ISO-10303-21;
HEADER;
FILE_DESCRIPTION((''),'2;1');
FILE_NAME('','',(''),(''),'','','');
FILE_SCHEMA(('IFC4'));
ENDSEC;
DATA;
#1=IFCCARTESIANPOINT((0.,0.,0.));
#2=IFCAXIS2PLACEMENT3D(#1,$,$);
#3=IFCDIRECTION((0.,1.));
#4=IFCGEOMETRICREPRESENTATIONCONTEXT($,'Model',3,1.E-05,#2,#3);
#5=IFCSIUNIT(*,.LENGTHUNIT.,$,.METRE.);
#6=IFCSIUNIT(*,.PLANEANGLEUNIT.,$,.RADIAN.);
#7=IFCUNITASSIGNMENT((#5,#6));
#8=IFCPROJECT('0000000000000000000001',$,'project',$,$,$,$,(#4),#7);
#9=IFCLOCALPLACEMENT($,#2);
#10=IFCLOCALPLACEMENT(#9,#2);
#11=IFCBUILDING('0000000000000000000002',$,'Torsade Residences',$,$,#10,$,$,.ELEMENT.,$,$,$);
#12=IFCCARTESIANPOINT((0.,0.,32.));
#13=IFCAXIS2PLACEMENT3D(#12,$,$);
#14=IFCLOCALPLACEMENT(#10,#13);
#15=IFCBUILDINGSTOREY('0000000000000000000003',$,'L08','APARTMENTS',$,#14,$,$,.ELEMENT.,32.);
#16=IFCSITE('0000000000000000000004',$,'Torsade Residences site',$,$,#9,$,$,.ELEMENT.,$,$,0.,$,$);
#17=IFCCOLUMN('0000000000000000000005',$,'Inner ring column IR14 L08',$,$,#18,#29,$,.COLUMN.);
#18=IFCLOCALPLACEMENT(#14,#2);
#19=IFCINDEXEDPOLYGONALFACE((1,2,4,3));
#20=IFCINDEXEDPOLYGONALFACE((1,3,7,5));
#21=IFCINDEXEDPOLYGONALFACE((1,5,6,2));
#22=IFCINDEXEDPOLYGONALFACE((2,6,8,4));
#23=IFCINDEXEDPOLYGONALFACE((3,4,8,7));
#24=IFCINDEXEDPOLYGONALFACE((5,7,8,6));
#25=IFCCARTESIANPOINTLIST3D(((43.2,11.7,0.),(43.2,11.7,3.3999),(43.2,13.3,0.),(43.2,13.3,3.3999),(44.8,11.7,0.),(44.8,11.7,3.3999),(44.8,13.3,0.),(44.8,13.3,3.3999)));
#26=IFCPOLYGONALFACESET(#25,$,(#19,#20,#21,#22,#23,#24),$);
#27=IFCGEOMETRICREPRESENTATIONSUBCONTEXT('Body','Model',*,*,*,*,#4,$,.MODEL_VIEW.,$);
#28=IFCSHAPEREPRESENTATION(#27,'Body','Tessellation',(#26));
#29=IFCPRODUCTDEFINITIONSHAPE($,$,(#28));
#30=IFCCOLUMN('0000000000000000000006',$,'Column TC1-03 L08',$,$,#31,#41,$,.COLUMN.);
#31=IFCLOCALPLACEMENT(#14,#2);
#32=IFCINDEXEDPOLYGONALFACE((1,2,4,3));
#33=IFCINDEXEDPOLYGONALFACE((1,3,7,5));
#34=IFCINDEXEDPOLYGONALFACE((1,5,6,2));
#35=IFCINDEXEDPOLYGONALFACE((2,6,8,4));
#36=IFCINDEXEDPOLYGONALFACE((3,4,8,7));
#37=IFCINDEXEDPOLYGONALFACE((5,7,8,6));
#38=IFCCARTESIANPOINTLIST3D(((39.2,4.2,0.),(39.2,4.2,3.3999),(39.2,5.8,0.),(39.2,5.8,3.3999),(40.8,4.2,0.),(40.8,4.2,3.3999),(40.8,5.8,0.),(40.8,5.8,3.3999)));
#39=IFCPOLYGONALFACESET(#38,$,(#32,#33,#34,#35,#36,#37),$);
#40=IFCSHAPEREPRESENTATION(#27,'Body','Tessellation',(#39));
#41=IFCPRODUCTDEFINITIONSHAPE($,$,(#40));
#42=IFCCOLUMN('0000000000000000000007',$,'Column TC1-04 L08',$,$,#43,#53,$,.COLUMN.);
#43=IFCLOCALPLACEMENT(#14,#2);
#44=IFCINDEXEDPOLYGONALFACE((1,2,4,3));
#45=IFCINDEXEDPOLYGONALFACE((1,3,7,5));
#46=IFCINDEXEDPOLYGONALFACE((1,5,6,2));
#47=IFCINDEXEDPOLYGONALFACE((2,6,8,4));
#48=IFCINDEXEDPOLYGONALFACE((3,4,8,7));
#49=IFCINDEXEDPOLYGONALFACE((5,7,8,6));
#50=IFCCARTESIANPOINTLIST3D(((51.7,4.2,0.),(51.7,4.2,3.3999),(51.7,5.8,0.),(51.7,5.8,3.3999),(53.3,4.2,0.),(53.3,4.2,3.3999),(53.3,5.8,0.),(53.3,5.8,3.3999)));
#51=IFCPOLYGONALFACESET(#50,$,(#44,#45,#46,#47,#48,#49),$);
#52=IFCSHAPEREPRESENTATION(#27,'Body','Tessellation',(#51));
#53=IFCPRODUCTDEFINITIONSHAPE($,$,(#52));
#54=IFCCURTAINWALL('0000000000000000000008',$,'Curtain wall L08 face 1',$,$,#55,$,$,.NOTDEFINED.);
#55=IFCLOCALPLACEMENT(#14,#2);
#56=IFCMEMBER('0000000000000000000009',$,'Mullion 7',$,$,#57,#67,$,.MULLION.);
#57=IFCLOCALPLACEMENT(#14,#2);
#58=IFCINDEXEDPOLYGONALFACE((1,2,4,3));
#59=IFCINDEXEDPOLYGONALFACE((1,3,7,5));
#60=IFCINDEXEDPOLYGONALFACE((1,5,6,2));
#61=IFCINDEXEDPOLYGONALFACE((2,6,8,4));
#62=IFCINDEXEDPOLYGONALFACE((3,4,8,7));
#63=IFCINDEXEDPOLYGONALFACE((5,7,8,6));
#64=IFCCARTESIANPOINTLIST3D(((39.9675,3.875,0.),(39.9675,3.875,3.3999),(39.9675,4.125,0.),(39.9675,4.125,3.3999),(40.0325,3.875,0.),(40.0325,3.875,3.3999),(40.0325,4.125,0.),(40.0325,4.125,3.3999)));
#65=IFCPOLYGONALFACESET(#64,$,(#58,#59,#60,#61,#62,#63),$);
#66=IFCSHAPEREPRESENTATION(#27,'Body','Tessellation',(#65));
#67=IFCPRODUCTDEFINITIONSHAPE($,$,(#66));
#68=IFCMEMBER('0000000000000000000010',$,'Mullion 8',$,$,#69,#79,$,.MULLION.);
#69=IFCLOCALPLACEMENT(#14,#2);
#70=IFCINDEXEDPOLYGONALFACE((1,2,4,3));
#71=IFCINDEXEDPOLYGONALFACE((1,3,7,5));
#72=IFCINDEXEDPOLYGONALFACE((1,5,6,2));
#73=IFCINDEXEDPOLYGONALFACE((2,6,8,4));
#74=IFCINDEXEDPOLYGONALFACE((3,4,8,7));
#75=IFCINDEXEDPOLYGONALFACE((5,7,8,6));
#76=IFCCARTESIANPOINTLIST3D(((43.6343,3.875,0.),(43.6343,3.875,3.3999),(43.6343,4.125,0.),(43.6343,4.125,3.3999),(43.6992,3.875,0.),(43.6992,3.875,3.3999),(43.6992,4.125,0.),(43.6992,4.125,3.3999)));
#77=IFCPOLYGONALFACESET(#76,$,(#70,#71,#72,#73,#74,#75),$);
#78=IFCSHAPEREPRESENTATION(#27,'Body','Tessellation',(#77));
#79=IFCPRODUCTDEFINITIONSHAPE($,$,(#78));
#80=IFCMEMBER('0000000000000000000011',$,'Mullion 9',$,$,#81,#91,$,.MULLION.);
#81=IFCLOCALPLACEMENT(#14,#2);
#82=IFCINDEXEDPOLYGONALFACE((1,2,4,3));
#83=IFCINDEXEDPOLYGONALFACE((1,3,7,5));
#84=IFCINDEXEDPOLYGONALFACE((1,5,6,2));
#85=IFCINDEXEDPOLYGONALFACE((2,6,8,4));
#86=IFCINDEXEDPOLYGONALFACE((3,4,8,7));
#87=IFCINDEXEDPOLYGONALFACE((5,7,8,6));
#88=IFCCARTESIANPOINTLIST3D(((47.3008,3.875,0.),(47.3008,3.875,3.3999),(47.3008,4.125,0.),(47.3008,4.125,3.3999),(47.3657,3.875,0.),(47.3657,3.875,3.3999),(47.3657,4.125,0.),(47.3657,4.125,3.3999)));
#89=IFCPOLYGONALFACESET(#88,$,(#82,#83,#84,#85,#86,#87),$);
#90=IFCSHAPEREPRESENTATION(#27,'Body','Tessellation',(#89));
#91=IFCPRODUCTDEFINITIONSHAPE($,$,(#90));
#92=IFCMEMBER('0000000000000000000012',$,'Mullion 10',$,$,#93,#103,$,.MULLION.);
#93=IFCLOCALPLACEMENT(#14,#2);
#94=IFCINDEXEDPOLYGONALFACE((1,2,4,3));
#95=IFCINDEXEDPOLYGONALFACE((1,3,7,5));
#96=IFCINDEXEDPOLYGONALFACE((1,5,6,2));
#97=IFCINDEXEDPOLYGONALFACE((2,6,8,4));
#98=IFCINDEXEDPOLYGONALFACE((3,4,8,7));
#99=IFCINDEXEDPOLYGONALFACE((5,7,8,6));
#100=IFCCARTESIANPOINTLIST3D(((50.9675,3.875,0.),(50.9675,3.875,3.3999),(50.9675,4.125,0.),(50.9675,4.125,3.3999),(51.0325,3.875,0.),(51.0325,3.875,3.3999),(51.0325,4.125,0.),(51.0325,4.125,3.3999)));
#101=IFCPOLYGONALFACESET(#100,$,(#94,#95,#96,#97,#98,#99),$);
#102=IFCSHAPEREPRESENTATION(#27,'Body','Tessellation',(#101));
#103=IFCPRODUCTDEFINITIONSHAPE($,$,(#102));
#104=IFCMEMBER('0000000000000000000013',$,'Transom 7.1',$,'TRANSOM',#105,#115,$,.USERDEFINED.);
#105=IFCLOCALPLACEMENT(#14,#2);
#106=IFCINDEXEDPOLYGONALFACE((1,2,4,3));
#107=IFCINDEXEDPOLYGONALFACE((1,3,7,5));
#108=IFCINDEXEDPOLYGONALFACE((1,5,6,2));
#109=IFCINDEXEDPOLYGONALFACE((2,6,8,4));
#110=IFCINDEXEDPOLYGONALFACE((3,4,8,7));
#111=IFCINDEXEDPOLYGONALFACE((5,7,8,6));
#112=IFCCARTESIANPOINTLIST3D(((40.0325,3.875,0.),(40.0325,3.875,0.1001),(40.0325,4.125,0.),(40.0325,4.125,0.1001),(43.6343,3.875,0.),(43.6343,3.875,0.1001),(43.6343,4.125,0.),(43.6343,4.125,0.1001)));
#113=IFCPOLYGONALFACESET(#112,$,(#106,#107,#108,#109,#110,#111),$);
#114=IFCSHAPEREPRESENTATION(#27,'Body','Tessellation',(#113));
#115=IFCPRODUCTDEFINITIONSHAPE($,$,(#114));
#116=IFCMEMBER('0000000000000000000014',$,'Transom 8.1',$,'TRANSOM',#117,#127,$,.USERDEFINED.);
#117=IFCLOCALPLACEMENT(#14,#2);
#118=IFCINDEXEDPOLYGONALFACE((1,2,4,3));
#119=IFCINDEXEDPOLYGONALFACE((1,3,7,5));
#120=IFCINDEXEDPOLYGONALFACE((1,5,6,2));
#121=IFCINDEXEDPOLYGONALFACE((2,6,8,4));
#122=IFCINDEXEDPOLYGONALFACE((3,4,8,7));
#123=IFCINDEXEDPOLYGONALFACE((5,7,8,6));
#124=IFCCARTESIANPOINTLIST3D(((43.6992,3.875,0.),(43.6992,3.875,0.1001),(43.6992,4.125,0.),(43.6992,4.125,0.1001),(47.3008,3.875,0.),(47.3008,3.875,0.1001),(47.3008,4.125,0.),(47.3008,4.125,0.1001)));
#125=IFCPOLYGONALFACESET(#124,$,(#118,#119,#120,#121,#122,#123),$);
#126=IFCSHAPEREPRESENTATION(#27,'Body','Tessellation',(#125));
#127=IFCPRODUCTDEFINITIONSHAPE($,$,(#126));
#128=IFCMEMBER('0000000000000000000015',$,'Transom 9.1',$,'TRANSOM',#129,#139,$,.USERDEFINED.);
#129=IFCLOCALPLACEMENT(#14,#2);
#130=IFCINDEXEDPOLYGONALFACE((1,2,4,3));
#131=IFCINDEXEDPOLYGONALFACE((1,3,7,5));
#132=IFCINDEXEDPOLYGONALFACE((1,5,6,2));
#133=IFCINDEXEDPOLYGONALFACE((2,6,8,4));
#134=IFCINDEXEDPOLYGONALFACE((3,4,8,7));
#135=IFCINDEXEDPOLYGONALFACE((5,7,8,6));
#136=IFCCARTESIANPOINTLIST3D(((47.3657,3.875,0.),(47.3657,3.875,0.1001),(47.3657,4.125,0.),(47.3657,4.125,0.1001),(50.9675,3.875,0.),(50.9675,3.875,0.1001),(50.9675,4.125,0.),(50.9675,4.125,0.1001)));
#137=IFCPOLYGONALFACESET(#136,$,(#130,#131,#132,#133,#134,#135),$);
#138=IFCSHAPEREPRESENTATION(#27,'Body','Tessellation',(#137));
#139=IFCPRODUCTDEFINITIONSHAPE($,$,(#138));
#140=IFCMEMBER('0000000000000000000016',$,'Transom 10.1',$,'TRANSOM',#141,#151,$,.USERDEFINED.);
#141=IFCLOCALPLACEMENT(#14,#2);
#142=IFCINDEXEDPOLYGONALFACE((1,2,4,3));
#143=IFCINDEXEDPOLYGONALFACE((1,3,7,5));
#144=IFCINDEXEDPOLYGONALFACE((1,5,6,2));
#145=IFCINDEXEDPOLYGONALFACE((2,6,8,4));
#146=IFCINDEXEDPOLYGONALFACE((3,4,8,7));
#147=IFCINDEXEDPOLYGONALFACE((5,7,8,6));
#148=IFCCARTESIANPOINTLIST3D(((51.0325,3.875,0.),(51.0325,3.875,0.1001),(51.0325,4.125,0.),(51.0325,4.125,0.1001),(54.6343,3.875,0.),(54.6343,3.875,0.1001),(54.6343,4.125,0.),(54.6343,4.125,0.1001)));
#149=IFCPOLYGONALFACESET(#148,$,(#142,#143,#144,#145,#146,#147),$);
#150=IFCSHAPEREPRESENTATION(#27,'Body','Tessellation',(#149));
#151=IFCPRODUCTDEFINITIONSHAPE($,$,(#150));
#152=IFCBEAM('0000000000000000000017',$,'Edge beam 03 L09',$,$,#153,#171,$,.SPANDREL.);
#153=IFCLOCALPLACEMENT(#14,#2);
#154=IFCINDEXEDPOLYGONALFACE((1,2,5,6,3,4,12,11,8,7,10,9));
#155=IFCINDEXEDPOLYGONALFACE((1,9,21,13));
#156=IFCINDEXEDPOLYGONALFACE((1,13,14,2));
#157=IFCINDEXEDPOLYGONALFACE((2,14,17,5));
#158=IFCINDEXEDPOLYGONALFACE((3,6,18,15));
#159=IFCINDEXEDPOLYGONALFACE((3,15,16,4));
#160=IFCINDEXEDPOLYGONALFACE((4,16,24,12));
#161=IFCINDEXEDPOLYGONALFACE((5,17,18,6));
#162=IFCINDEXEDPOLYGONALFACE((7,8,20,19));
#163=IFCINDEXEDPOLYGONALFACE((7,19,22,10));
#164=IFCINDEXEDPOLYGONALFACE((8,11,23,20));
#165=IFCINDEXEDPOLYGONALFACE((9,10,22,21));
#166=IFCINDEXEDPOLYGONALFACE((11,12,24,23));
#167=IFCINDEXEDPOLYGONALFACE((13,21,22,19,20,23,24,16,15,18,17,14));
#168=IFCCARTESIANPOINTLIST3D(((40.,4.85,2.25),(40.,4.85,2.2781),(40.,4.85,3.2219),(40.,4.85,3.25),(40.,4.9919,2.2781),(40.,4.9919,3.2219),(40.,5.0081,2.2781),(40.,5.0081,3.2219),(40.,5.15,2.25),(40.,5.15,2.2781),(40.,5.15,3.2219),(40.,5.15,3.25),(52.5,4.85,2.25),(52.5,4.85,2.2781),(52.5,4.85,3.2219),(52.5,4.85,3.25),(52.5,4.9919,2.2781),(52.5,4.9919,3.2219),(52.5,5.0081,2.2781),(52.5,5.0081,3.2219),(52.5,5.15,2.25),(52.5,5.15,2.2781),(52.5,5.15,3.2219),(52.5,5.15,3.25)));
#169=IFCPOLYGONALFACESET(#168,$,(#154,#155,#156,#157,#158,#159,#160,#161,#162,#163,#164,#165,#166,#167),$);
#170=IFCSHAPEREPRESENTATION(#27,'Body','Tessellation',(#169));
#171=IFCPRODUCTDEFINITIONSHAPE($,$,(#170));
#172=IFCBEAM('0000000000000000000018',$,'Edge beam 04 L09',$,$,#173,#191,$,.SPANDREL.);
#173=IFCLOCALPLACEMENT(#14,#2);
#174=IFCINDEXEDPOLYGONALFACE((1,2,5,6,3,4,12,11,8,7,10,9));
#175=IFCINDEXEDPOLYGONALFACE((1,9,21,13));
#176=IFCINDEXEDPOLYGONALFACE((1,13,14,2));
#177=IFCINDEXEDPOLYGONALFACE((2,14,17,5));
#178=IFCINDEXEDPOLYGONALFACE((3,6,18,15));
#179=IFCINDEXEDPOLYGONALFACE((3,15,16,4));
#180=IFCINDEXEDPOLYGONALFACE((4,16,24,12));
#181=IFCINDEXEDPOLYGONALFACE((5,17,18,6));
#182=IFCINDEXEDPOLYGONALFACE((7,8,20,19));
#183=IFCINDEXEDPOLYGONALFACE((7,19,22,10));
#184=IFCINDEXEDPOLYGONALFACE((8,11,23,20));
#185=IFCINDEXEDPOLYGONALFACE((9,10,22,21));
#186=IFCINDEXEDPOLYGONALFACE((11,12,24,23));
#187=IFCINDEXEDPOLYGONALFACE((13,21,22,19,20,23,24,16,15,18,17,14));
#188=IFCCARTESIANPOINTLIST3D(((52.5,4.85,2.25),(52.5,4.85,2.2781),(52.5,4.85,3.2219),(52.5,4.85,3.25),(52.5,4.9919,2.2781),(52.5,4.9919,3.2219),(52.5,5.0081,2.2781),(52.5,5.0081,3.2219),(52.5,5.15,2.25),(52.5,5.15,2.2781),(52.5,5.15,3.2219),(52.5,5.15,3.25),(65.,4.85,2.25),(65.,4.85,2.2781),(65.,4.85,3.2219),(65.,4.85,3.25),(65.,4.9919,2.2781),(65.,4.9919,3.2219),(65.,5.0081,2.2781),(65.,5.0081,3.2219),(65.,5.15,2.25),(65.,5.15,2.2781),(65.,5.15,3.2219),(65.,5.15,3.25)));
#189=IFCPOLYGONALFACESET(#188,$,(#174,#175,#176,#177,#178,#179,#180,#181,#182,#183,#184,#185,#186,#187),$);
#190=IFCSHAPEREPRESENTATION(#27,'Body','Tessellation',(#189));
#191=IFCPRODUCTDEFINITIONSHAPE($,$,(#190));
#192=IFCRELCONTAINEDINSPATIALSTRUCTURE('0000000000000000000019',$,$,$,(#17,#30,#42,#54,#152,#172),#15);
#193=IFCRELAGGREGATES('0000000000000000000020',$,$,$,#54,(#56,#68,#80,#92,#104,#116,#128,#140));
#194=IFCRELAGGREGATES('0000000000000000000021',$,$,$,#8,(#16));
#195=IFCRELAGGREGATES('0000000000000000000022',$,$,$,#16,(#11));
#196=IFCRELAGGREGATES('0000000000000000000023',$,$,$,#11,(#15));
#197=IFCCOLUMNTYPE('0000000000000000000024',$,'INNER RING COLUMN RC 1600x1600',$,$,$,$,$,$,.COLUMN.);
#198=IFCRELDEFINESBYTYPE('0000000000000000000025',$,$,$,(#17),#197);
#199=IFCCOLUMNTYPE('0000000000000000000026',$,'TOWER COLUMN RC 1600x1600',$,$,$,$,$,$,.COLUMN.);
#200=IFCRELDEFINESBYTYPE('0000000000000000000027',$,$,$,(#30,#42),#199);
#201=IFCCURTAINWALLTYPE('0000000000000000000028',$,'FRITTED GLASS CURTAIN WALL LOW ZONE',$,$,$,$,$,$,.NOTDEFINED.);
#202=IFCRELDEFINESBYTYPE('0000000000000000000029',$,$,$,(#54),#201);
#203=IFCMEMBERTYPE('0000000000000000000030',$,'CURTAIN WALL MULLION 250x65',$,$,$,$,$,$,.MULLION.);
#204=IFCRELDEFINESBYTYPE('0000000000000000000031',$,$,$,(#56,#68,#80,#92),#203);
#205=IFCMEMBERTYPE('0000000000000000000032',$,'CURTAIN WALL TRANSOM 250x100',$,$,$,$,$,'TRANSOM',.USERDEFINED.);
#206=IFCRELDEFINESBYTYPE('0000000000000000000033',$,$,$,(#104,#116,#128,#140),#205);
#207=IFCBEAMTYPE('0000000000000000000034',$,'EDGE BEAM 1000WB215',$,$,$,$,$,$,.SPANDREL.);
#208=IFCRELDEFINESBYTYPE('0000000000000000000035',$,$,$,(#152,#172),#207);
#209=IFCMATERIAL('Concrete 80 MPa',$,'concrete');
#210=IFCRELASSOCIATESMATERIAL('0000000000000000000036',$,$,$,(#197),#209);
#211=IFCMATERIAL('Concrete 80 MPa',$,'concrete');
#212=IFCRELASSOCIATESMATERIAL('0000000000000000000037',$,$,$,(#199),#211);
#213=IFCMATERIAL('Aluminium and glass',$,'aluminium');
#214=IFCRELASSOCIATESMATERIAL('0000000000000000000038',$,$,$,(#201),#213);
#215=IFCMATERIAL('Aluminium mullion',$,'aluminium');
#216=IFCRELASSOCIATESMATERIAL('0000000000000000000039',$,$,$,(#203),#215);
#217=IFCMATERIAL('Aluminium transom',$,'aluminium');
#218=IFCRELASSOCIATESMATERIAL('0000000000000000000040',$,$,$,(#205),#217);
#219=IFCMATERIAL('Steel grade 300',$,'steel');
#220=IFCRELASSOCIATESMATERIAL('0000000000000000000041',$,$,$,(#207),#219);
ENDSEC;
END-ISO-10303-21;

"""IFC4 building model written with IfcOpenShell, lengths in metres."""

from ifc_helpers import new_model, si_unit, direction, frame, origin, origin_2d, place, context, subcontext, project, spatial, rectangle, i_section, extrude, material, material_profile, profile_set, type_object, element, aggregate, save


model = new_model("IFC4")

# Units and contexts
model_context = context("Model", 3, precision=1e-05, world=origin(), true_north=direction((0.0, 1.0)))
body_context = subcontext(model_context, "Body", "Model", "MODEL_VIEW")
ifc_project = project(units=[si_unit("LENGTHUNIT", "METRE"), si_unit("PLANEANGLEUNIT", "RADIAN")], contexts=[model_context])

# Site, building, storey
site_placement = place(None, origin())
site = spatial("IfcSite", under=ifc_project, at=site_placement, Name="Torsade Residences site", CompositionType="ELEMENT", RefElevation=0.0)
building_placement = place(site_placement, origin())
building = spatial("IfcBuilding", under=site, at=building_placement, Name="Torsade Residences", CompositionType="ELEMENT")
storey_placement = place(building_placement, frame((0.0, 0.0, 32.0)))
storey = spatial("IfcBuildingStorey", under=building, at=storey_placement, Name="L08", Description="APARTMENTS", CompositionType="ELEMENT", Elevation=32.0)

# Columns
ifc_material_1 = material(Name="Concrete 80 MPa", Category="concrete")
ifc_material_profile_1 = material_profile(ifc_material_1, rectangle(XDim=1.6001, YDim=1.6001, at=origin_2d()), Name="RC 1600x1600")
ifc_profile_set_1 = profile_set([ifc_material_profile_1], Name="Concrete 80 MPa")
column_type_1 = type_object("IfcColumnType", Name="INNER RING COLUMN RC 1600x1600", PredefinedType="COLUMN", material=ifc_profile_set_1)
column_placement = place(storey_placement, frame((44.0, 12.5, 0.0), z_axis=(0.0, 0.0, 1.0), x_axis=(1.0, 0.0, 0.0)))
element("IfcColumn", 1, at=column_placement, inside=storey, type_object=column_type_1, Name="Inner ring column IR14 L08", PredefinedType="COLUMN", context=body_context, shape_type="SweptSolid", body=[
    extrude(rectangle(XDim=1.6001, YDim=1.6001, at=origin_2d()), origin(), (0.0, 0.0, 1.0), 3.3999),
])
ifc_material_2 = material(Name="Concrete 80 MPa", Category="concrete")
ifc_material_profile_2 = material_profile(ifc_material_2, rectangle(XDim=1.6001, YDim=1.6001, at=origin_2d()), Name="RC 1600x1600")
ifc_profile_set_2 = profile_set([ifc_material_profile_2], Name="Concrete 80 MPa")
column_type_2 = type_object("IfcColumnType", Name="TOWER COLUMN RC 1600x1600", PredefinedType="COLUMN", material=ifc_profile_set_2)
for number, where, z_axis, x_axis, name in (
    (2, (40.0, 5.0, 0.0), (0.0, 0.0, 1.0), (1.0, 0.0, 0.0), "Column TC1-03 L08"),
    (3, (52.5, 5.0, 0.0), (0.0, 0.0, 1.0), (1.0, 0.0, 0.0), "Column TC1-04 L08"),
):
    element("IfcColumn", number, at=place(storey_placement, frame(where, z_axis=z_axis, x_axis=x_axis)), inside=storey, type_object=column_type_2, Name=name, PredefinedType="COLUMN", context=body_context, shape_type="SweptSolid", body=[
        extrude(rectangle(XDim=1.6001, YDim=1.6001, at=origin_2d()), origin(), (0.0, 0.0, 1.0), 3.3999),
    ])

# Curtain wall, members
ifc_material_3 = material(Name="Aluminium and glass", Category="aluminium")
curtain_wall_type = type_object("IfcCurtainWallType", Name="FRITTED GLASS CURTAIN WALL LOW ZONE", PredefinedType="NOTDEFINED", material=ifc_material_3)
curtain_wall_placement = place(storey_placement, origin())
curtain_wall = element("IfcCurtainWall", 4, at=curtain_wall_placement, inside=storey, type_object=curtain_wall_type, Name="Curtain wall L08 face 1", PredefinedType="NOTDEFINED")
ifc_material_4 = material(Name="Aluminium mullion", Category="aluminium")
ifc_material_profile_3 = material_profile(ifc_material_4, rectangle(XDim=0.25, YDim=0.0649, at=origin_2d()), Name="CURTAIN WALL MULLION 250x65")
ifc_profile_set_3 = profile_set([ifc_material_profile_3], Name="Aluminium mullion")
member_type_1 = type_object("IfcMemberType", Name="CURTAIN WALL MULLION 250x65", PredefinedType="MULLION", material=ifc_profile_set_3)
member_1_placement = place(storey_placement, frame((40.0, 4.0, 0.0), z_axis=(0.0, 0.0, 1.0), x_axis=(0.0, 1.0, 0.0)))
member_1 = element("IfcMember", 5, at=member_1_placement, type_object=member_type_1, Name="Mullion 7", PredefinedType="MULLION", context=body_context, shape_type="SweptSolid", body=[
    extrude(rectangle(XDim=0.25, YDim=0.0649, at=origin_2d()), origin(), (0.0, 0.0, 1.0), 3.3999),
])
member_2_placement = place(storey_placement, frame((43.6667, 4.0, 0.0), z_axis=(0.0, 0.0, 1.0), x_axis=(0.0, 1.0, 0.0)))
member_2 = element("IfcMember", 6, at=member_2_placement, type_object=member_type_1, Name="Mullion 8", PredefinedType="MULLION", context=body_context, shape_type="SweptSolid", body=[
    extrude(rectangle(XDim=0.25, YDim=0.0649, at=origin_2d()), origin(), (0.0, 0.0, 1.0), 3.3999),
])
member_3_placement = place(storey_placement, frame((47.3333, 4.0, 0.0), z_axis=(0.0, 0.0, 1.0), x_axis=(0.0, 1.0, 0.0)))
member_3 = element("IfcMember", 7, at=member_3_placement, type_object=member_type_1, Name="Mullion 9", PredefinedType="MULLION", context=body_context, shape_type="SweptSolid", body=[
    extrude(rectangle(XDim=0.25, YDim=0.0649, at=origin_2d()), origin(), (0.0, 0.0, 1.0), 3.3999),
])
member_4_placement = place(storey_placement, frame((51.0, 4.0, 0.0), z_axis=(0.0, 0.0, 1.0), x_axis=(0.0, 1.0, 0.0)))
member_4 = element("IfcMember", 8, at=member_4_placement, type_object=member_type_1, Name="Mullion 10", PredefinedType="MULLION", context=body_context, shape_type="SweptSolid", body=[
    extrude(rectangle(XDim=0.25, YDim=0.0649, at=origin_2d()), origin(), (0.0, 0.0, 1.0), 3.3999),
])
ifc_material_5 = material(Name="Aluminium transom", Category="aluminium")
ifc_material_profile_4 = material_profile(ifc_material_5, rectangle(XDim=0.25, YDim=0.1001, at=origin_2d()), Name="CURTAIN WALL TRANSOM 250x100")
ifc_profile_set_4 = profile_set([ifc_material_profile_4], Name="Aluminium transom")
member_type_2 = type_object("IfcMemberType", Name="CURTAIN WALL TRANSOM 250x100", ElementType="TRANSOM", PredefinedType="USERDEFINED", material=ifc_profile_set_4)
member_5_placement = place(storey_placement, frame((40.0325, 4.0, 0.05), z_axis=(1.0, 0.0, 0.0), x_axis=(0.0, 1.0, 0.0)))
member_5 = element("IfcMember", 9, at=member_5_placement, type_object=member_type_2, Name="Transom 7.1", ObjectType="TRANSOM", PredefinedType="USERDEFINED", context=body_context, shape_type="SweptSolid", body=[
    extrude(rectangle(XDim=0.25, YDim=0.1001, at=origin_2d()), origin(), (0.0, 0.0, 1.0), 3.6018),
])
member_6_placement = place(storey_placement, frame((43.6992, 4.0, 0.05), z_axis=(1.0, 0.0, 0.0), x_axis=(0.0, 1.0, 0.0)))
member_6 = element("IfcMember", 10, at=member_6_placement, type_object=member_type_2, Name="Transom 8.1", ObjectType="TRANSOM", PredefinedType="USERDEFINED", context=body_context, shape_type="SweptSolid", body=[
    extrude(rectangle(XDim=0.25, YDim=0.1001, at=origin_2d()), origin(), (0.0, 0.0, 1.0), 3.6016),
])
member_7_placement = place(storey_placement, frame((47.3657, 4.0, 0.05), z_axis=(1.0, 0.0, 0.0), x_axis=(0.0, 1.0, 0.0)))
member_7 = element("IfcMember", 11, at=member_7_placement, type_object=member_type_2, Name="Transom 9.1", ObjectType="TRANSOM", PredefinedType="USERDEFINED", context=body_context, shape_type="SweptSolid", body=[
    extrude(rectangle(XDim=0.25, YDim=0.1001, at=origin_2d()), origin(), (0.0, 0.0, 1.0), 3.6018),
])
member_8_placement = place(storey_placement, frame((51.0325, 4.0, 0.05), z_axis=(1.0, 0.0, 0.0), x_axis=(0.0, 1.0, 0.0)))
member_8 = element("IfcMember", 12, at=member_8_placement, type_object=member_type_2, Name="Transom 10.1", ObjectType="TRANSOM", PredefinedType="USERDEFINED", context=body_context, shape_type="SweptSolid", body=[
    extrude(rectangle(XDim=0.25, YDim=0.1001, at=origin_2d()), origin(), (0.0, 0.0, 1.0), 3.6018),
])

# Beams
ifc_material_6 = material(Name="Steel grade 300", Category="steel")
ifc_material_profile_5 = material_profile(ifc_material_6, i_section(OverallWidth=0.3, OverallDepth=1.0, WebThickness=0.0161, FlangeThickness=0.0281, at=origin_2d()), Name="1000WB215")
ifc_profile_set_5 = profile_set([ifc_material_profile_5], Name="Steel grade 300")
beam_type_1 = type_object("IfcBeamType", Name="EDGE BEAM 1000WB215", PredefinedType="SPANDREL", material=ifc_profile_set_5)
for number, where, z_axis, x_axis, name in (
    (13, (40.0, 5.0, 2.75), (1.0, 0.0, 0.0), (0.0, 1.0, 0.0), "Edge beam 03 L09"),
    (14, (52.5, 5.0, 2.75), (1.0, 0.0, 0.0), (0.0, 1.0, 0.0), "Edge beam 04 L09"),
):
    element("IfcBeam", number, at=place(storey_placement, frame(where, z_axis=z_axis, x_axis=x_axis)), inside=storey, type_object=beam_type_1, Name=name, PredefinedType="SPANDREL", context=body_context, shape_type="SweptSolid", body=[
        extrude(i_section(OverallWidth=0.3, OverallDepth=1.0, WebThickness=0.0161, FlangeThickness=0.0281, at=origin_2d()), origin(), (0.0, 0.0, 1.0), 12.5),
    ])

aggregate(curtain_wall, [member_1, member_2, member_3, member_4, member_5, member_6, member_7, member_8])

save(model, "model.ifc")
